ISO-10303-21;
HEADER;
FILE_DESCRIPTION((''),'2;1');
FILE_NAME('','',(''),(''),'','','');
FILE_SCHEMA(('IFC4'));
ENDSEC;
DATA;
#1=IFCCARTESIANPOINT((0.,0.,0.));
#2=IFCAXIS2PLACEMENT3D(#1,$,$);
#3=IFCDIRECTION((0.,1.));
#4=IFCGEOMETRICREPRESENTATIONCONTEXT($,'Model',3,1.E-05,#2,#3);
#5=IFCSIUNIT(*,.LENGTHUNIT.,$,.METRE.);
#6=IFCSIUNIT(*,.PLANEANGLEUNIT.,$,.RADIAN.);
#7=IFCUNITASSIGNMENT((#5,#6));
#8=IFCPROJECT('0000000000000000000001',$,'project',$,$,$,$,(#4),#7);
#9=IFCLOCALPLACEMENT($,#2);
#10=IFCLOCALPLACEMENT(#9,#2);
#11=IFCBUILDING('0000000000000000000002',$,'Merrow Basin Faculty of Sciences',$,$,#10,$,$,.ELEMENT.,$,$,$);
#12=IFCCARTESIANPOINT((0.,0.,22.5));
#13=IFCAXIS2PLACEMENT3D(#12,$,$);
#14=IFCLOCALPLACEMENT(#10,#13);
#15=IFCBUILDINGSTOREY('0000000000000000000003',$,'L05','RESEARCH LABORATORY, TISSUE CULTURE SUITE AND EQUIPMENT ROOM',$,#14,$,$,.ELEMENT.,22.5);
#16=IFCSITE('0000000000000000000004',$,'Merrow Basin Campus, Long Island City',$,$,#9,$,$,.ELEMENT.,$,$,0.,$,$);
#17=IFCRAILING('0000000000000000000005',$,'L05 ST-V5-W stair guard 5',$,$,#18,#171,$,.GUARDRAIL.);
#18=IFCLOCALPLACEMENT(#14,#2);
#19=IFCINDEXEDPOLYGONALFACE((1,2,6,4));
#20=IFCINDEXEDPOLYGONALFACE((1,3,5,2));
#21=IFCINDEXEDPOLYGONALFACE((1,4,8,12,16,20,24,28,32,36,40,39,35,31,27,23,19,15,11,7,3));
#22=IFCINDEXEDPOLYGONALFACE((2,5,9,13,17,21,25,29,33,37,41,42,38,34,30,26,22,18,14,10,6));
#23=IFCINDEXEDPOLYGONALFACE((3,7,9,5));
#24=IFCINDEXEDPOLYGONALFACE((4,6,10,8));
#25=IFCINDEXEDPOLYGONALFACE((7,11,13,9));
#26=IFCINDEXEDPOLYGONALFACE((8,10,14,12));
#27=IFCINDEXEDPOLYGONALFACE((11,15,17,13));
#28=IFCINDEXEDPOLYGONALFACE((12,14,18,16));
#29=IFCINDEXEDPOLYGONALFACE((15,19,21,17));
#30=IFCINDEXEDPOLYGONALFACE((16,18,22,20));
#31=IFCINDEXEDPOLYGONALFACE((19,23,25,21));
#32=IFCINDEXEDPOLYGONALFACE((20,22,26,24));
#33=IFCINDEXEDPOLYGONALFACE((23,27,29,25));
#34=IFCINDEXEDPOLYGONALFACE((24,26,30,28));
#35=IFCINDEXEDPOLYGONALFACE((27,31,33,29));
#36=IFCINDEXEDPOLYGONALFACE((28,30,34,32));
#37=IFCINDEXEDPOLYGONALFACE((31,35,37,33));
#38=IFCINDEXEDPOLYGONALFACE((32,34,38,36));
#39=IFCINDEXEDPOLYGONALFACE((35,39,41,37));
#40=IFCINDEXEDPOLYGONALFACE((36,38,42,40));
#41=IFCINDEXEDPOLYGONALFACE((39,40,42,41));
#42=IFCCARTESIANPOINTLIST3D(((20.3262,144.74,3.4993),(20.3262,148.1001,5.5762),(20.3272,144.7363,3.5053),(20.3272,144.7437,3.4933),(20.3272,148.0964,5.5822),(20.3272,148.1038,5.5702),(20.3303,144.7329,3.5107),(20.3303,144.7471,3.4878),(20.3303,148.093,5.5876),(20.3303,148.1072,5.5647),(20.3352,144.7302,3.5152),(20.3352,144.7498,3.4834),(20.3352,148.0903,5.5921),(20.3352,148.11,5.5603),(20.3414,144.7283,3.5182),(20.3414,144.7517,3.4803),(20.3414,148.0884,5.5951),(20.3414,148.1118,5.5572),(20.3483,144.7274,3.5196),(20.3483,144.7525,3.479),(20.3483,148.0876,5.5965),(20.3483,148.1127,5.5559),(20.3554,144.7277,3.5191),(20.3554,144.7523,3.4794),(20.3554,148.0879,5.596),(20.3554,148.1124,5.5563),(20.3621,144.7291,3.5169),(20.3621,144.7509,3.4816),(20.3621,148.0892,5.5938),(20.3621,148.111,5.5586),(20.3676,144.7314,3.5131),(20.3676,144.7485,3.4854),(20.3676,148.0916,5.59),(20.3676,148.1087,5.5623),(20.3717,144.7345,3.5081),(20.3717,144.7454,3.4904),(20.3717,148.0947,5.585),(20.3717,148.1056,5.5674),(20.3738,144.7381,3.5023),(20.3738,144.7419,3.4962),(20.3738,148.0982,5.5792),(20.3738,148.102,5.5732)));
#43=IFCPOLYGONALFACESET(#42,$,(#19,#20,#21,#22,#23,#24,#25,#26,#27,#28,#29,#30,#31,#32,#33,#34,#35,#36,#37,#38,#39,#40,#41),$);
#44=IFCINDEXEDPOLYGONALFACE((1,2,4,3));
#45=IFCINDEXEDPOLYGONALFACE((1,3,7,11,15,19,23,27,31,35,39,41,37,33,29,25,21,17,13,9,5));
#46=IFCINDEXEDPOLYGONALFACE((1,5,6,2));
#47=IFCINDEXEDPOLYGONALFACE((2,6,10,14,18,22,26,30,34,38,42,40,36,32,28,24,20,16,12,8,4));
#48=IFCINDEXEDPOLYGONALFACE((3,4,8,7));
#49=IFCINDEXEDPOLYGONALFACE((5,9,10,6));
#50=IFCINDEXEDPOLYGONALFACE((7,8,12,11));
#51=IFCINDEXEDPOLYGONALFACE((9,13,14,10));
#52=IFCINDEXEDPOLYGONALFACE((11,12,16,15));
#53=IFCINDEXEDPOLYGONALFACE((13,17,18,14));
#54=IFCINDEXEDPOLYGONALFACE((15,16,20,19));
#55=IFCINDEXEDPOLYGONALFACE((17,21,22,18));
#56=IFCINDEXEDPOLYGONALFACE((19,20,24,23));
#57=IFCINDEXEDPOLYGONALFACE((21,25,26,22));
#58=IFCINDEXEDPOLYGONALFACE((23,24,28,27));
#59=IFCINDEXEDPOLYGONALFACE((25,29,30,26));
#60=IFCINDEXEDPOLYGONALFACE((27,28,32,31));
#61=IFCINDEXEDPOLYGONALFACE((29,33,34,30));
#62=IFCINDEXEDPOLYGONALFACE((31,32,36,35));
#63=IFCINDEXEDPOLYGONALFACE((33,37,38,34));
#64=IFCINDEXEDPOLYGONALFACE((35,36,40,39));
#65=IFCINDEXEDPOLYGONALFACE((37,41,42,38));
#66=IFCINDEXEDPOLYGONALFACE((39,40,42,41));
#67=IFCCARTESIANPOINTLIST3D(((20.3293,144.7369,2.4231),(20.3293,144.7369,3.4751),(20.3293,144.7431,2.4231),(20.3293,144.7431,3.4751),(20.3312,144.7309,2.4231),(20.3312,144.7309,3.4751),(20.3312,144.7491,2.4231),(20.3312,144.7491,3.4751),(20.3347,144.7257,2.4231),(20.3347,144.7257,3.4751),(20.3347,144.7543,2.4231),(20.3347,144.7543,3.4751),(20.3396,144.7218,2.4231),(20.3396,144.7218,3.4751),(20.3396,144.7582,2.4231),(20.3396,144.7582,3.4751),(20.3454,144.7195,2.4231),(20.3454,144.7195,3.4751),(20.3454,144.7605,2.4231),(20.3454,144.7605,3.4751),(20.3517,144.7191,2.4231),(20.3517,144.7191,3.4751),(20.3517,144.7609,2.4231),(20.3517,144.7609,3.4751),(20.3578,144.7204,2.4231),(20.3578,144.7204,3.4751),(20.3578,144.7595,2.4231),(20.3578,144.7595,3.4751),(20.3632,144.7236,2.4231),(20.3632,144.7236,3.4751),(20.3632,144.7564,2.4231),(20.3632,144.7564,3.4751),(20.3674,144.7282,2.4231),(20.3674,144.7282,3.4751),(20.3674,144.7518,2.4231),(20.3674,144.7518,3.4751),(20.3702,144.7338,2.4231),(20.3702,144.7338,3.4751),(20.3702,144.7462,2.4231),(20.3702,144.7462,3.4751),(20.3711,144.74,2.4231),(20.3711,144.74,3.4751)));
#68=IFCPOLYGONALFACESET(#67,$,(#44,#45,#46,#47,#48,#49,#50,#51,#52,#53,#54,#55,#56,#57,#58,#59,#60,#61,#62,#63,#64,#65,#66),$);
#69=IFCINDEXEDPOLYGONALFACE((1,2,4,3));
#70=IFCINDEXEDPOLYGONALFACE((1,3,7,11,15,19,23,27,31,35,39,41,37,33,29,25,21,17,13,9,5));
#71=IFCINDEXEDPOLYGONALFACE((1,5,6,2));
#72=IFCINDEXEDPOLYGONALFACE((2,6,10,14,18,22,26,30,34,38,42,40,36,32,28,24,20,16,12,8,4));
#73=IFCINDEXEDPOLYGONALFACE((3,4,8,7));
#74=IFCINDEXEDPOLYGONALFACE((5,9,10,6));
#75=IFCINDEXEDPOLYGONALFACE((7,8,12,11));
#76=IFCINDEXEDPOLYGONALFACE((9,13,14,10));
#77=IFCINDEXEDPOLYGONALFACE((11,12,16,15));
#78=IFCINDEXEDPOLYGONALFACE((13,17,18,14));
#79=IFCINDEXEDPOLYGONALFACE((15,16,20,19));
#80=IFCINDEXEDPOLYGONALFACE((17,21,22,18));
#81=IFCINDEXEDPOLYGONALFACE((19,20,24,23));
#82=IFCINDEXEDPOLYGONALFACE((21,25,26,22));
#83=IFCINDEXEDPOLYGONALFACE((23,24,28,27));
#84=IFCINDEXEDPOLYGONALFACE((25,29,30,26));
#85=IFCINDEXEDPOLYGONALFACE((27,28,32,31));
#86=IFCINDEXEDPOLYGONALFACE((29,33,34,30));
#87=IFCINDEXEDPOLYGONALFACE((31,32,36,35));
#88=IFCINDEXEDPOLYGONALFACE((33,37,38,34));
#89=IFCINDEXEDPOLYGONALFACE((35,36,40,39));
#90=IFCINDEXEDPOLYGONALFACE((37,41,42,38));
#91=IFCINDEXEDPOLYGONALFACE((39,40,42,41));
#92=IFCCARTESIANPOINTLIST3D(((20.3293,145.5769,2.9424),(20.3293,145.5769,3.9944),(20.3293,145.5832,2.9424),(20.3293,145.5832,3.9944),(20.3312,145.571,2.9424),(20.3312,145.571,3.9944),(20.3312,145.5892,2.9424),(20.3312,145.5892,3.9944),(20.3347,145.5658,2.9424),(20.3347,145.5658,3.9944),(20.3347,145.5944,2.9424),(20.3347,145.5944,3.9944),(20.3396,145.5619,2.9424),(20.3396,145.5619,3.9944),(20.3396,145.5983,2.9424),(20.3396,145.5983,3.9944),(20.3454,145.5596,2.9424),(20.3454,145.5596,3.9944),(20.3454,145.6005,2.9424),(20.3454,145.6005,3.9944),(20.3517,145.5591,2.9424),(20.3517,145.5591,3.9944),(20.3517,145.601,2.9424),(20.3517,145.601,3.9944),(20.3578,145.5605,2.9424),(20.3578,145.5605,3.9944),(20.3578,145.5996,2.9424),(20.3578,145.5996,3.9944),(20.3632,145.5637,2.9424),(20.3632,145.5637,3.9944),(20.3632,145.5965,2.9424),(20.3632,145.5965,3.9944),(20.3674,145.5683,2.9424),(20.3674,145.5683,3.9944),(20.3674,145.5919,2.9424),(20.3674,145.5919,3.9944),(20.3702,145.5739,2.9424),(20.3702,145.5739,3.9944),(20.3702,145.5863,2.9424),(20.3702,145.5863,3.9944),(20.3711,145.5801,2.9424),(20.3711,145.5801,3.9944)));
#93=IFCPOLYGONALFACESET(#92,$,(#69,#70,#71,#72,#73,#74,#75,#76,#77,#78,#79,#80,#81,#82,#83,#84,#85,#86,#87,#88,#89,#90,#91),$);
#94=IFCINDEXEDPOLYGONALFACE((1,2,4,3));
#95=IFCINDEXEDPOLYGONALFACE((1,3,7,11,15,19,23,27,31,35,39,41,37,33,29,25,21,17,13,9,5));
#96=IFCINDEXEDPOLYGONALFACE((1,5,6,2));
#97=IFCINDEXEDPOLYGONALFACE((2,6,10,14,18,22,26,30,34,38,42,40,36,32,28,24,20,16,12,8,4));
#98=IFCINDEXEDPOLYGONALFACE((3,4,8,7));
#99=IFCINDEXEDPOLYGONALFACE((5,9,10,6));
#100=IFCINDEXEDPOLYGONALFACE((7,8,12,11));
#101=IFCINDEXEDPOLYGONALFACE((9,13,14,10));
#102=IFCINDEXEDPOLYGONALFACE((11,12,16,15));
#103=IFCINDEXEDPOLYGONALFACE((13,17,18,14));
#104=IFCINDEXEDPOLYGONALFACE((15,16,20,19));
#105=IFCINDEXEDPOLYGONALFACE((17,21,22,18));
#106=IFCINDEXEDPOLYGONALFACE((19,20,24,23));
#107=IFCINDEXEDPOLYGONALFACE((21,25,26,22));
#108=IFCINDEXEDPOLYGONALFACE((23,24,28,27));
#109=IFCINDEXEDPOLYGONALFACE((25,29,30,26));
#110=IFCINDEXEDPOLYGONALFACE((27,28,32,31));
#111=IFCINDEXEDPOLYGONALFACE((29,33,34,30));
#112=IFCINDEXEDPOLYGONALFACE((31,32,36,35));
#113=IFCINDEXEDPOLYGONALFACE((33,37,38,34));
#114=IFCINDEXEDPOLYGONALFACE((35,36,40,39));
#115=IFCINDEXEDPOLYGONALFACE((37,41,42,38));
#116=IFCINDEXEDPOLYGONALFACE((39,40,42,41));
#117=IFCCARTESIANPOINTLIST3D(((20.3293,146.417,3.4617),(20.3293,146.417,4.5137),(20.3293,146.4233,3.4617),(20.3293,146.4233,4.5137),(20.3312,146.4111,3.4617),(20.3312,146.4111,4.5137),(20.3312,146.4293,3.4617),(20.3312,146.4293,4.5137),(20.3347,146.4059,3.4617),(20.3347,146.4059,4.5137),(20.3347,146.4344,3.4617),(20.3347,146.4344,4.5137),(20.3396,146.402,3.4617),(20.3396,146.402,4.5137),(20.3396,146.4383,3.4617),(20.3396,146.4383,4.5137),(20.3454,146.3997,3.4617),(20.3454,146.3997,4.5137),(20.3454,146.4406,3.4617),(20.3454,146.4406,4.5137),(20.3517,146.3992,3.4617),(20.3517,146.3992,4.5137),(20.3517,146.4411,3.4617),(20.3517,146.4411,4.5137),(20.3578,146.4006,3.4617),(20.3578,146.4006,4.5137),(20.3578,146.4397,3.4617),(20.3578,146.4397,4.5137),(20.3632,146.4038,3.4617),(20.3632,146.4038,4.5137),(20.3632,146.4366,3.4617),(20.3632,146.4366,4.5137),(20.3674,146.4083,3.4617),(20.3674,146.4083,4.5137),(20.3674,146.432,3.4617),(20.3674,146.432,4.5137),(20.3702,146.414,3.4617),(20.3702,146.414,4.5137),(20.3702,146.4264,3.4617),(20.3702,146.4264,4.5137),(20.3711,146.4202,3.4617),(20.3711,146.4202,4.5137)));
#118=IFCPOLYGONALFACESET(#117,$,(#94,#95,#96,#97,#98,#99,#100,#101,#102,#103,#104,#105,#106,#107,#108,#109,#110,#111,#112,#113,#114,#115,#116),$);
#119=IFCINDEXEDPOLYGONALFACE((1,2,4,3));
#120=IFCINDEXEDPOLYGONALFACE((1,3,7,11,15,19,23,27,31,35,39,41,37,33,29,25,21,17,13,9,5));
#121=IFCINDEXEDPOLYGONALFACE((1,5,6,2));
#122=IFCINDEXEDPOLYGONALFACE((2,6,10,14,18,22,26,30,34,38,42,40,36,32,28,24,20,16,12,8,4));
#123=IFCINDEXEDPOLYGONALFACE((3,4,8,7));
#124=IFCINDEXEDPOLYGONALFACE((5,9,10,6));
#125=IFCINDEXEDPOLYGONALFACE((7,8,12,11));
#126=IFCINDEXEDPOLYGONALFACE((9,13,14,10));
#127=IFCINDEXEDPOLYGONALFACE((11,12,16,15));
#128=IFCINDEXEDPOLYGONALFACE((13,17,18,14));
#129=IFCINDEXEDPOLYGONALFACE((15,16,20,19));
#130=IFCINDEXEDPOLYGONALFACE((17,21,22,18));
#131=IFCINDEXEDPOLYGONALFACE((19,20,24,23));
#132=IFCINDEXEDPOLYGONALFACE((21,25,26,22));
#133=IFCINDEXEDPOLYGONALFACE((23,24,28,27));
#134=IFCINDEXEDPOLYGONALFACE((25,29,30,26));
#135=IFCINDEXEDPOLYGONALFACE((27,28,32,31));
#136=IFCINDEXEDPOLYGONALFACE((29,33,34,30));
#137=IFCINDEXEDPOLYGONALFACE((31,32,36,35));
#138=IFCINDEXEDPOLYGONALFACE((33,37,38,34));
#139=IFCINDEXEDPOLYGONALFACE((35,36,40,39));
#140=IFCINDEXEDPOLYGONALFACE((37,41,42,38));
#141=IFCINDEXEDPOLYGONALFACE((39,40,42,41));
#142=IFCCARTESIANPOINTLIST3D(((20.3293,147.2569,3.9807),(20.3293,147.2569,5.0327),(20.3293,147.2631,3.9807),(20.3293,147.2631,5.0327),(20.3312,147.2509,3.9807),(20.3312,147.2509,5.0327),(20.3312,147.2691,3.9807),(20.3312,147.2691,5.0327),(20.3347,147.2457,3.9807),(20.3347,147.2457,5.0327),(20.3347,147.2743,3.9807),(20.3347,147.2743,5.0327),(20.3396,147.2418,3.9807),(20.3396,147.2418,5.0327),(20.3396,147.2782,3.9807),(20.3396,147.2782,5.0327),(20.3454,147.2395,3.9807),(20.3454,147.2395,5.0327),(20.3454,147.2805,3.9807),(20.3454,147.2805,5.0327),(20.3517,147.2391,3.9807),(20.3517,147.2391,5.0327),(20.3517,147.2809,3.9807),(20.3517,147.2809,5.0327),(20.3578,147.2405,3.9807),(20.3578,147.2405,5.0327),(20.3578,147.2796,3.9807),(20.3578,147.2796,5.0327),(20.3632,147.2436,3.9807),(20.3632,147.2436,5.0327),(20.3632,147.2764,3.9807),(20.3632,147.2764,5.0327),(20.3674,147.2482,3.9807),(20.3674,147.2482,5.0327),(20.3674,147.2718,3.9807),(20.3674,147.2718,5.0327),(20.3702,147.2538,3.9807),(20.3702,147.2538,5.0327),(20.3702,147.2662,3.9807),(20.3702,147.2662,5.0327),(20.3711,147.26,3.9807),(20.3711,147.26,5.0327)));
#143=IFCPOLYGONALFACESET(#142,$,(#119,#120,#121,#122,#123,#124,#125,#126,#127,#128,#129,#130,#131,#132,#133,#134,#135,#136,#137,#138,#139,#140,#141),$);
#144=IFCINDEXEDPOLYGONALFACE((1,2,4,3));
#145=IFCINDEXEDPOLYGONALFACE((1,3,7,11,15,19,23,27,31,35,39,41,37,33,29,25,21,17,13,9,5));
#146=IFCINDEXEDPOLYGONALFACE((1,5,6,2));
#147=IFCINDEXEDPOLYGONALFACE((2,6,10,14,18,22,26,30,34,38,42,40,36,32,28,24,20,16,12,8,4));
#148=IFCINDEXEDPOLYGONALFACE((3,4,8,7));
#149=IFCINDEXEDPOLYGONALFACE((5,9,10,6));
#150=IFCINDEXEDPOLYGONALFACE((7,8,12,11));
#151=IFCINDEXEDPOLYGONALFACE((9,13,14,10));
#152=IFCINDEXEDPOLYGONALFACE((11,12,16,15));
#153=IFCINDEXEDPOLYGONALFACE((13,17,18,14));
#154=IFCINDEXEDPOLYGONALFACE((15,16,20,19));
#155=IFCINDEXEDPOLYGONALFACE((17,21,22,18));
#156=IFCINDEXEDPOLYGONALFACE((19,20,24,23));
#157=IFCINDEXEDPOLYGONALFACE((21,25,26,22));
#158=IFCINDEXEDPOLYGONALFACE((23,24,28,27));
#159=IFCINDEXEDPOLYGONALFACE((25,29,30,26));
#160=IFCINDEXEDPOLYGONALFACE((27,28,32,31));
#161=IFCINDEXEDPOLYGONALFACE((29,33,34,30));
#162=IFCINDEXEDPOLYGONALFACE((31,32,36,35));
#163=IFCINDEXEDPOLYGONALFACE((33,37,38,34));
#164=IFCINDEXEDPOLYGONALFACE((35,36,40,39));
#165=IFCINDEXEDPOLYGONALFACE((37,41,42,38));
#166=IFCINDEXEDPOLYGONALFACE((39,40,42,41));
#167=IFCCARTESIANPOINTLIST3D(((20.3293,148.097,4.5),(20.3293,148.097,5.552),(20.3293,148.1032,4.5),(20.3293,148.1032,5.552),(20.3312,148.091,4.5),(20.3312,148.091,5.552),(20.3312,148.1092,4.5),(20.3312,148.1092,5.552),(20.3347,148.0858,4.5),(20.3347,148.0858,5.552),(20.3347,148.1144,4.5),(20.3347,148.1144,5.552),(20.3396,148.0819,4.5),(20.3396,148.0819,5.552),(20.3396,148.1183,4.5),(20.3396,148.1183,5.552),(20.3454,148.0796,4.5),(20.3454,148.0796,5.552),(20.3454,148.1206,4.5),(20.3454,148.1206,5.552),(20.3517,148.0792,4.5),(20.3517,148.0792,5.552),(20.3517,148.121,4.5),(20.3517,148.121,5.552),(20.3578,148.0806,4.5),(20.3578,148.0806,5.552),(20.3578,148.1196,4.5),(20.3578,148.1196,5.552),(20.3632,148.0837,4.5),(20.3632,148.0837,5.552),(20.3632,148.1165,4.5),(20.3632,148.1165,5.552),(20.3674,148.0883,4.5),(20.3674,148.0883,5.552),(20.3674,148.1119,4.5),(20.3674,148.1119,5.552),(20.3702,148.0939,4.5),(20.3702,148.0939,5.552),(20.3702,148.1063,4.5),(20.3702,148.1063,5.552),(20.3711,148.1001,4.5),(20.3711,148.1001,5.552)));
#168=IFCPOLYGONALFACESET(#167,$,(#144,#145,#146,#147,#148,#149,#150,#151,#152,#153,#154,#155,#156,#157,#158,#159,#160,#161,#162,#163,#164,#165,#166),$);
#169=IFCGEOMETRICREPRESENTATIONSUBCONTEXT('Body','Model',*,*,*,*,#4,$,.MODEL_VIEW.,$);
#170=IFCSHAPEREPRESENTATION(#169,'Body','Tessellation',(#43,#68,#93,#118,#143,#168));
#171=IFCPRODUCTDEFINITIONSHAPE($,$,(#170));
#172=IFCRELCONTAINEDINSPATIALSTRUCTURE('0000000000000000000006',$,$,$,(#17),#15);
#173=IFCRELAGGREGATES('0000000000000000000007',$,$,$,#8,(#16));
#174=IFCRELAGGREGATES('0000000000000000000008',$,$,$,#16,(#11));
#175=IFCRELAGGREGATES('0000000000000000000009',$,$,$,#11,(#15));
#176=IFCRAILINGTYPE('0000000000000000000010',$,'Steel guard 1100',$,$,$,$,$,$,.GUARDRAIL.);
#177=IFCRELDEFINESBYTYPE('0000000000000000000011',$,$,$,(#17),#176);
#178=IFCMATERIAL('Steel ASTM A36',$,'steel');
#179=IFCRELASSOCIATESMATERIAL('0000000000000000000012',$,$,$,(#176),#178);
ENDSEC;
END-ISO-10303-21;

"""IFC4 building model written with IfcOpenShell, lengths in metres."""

from ifc_helpers import new_model, si_unit, direction, frame, origin, origin_2d, place, context, subcontext, project, spatial, circle, extrude, material, type_object, element, save


model = new_model("IFC4")

# Units and contexts
model_context = context("Model", 3, precision=1e-05, world=origin(), true_north=direction((0.0, 1.0)))
body_context = subcontext(model_context, "Body", "Model", "MODEL_VIEW")
ifc_project = project(units=[si_unit("LENGTHUNIT", "METRE"), si_unit("PLANEANGLEUNIT", "RADIAN")], contexts=[model_context])

# Site, building, storey
site_placement = place(None, origin())
site = spatial("IfcSite", under=ifc_project, at=site_placement, Name="Merrow Basin Campus, Long Island City", CompositionType="ELEMENT", RefElevation=0.0)
building_placement = place(site_placement, origin())
building = spatial("IfcBuilding", under=site, at=building_placement, Name="Merrow Basin Faculty of Sciences", CompositionType="ELEMENT")
storey_placement = place(building_placement, frame((0.0, 0.0, 22.5)))
storey = spatial("IfcBuildingStorey", under=building, at=storey_placement, Name="L05", Description="RESEARCH LABORATORY, TISSUE CULTURE SUITE AND EQUIPMENT ROOM", CompositionType="ELEMENT", Elevation=22.5)

# Railing
ifc_material_1 = material(Name="Steel ASTM A36", Category="steel")
railing_type_1 = type_object("IfcRailingType", Name="Steel guard 1100", PredefinedType="GUARDRAIL", material=ifc_material_1)
railing_1_placement = place(storey_placement, frame((20.3501, 144.74, 2.4231)))
element("IfcRailing", 1, at=railing_1_placement, inside=storey, type_object=railing_type_1, Name="L05 ST-V5-W stair guard 5", PredefinedType="GUARDRAIL", context=body_context, shape_type="SweptSolid", body=[
    extrude(circle(Radius=0.0239, at=origin_2d()), frame((0.0, 0.0, 1.0762), z_axis=(0.0, 0.850623, 0.525776), x_axis=(-1.0, 0.0, 0.0)), (0.0, 0.0, 1.0), 3.9502),
    extrude(circle(Radius=0.021, at=origin_2d()), origin(), (0.0, 0.0, 1.0), 1.052),
    extrude(circle(Radius=0.021, at=origin_2d()), frame((0.0, 0.8401, 0.5193)), (0.0, 0.0, 1.0), 1.052),
    extrude(circle(Radius=0.021, at=origin_2d()), frame((0.0, 1.6802, 1.0386)), (0.0, 0.0, 1.0), 1.052),
    extrude(circle(Radius=0.021, at=origin_2d()), frame((0.0, 2.52, 1.5576)), (0.0, 0.0, 1.0), 1.052),
    extrude(circle(Radius=0.021, at=origin_2d()), frame((0.0, 3.3601, 2.0769)), (0.0, 0.0, 1.0), 1.052),
])

save(model, "model.ifc")
